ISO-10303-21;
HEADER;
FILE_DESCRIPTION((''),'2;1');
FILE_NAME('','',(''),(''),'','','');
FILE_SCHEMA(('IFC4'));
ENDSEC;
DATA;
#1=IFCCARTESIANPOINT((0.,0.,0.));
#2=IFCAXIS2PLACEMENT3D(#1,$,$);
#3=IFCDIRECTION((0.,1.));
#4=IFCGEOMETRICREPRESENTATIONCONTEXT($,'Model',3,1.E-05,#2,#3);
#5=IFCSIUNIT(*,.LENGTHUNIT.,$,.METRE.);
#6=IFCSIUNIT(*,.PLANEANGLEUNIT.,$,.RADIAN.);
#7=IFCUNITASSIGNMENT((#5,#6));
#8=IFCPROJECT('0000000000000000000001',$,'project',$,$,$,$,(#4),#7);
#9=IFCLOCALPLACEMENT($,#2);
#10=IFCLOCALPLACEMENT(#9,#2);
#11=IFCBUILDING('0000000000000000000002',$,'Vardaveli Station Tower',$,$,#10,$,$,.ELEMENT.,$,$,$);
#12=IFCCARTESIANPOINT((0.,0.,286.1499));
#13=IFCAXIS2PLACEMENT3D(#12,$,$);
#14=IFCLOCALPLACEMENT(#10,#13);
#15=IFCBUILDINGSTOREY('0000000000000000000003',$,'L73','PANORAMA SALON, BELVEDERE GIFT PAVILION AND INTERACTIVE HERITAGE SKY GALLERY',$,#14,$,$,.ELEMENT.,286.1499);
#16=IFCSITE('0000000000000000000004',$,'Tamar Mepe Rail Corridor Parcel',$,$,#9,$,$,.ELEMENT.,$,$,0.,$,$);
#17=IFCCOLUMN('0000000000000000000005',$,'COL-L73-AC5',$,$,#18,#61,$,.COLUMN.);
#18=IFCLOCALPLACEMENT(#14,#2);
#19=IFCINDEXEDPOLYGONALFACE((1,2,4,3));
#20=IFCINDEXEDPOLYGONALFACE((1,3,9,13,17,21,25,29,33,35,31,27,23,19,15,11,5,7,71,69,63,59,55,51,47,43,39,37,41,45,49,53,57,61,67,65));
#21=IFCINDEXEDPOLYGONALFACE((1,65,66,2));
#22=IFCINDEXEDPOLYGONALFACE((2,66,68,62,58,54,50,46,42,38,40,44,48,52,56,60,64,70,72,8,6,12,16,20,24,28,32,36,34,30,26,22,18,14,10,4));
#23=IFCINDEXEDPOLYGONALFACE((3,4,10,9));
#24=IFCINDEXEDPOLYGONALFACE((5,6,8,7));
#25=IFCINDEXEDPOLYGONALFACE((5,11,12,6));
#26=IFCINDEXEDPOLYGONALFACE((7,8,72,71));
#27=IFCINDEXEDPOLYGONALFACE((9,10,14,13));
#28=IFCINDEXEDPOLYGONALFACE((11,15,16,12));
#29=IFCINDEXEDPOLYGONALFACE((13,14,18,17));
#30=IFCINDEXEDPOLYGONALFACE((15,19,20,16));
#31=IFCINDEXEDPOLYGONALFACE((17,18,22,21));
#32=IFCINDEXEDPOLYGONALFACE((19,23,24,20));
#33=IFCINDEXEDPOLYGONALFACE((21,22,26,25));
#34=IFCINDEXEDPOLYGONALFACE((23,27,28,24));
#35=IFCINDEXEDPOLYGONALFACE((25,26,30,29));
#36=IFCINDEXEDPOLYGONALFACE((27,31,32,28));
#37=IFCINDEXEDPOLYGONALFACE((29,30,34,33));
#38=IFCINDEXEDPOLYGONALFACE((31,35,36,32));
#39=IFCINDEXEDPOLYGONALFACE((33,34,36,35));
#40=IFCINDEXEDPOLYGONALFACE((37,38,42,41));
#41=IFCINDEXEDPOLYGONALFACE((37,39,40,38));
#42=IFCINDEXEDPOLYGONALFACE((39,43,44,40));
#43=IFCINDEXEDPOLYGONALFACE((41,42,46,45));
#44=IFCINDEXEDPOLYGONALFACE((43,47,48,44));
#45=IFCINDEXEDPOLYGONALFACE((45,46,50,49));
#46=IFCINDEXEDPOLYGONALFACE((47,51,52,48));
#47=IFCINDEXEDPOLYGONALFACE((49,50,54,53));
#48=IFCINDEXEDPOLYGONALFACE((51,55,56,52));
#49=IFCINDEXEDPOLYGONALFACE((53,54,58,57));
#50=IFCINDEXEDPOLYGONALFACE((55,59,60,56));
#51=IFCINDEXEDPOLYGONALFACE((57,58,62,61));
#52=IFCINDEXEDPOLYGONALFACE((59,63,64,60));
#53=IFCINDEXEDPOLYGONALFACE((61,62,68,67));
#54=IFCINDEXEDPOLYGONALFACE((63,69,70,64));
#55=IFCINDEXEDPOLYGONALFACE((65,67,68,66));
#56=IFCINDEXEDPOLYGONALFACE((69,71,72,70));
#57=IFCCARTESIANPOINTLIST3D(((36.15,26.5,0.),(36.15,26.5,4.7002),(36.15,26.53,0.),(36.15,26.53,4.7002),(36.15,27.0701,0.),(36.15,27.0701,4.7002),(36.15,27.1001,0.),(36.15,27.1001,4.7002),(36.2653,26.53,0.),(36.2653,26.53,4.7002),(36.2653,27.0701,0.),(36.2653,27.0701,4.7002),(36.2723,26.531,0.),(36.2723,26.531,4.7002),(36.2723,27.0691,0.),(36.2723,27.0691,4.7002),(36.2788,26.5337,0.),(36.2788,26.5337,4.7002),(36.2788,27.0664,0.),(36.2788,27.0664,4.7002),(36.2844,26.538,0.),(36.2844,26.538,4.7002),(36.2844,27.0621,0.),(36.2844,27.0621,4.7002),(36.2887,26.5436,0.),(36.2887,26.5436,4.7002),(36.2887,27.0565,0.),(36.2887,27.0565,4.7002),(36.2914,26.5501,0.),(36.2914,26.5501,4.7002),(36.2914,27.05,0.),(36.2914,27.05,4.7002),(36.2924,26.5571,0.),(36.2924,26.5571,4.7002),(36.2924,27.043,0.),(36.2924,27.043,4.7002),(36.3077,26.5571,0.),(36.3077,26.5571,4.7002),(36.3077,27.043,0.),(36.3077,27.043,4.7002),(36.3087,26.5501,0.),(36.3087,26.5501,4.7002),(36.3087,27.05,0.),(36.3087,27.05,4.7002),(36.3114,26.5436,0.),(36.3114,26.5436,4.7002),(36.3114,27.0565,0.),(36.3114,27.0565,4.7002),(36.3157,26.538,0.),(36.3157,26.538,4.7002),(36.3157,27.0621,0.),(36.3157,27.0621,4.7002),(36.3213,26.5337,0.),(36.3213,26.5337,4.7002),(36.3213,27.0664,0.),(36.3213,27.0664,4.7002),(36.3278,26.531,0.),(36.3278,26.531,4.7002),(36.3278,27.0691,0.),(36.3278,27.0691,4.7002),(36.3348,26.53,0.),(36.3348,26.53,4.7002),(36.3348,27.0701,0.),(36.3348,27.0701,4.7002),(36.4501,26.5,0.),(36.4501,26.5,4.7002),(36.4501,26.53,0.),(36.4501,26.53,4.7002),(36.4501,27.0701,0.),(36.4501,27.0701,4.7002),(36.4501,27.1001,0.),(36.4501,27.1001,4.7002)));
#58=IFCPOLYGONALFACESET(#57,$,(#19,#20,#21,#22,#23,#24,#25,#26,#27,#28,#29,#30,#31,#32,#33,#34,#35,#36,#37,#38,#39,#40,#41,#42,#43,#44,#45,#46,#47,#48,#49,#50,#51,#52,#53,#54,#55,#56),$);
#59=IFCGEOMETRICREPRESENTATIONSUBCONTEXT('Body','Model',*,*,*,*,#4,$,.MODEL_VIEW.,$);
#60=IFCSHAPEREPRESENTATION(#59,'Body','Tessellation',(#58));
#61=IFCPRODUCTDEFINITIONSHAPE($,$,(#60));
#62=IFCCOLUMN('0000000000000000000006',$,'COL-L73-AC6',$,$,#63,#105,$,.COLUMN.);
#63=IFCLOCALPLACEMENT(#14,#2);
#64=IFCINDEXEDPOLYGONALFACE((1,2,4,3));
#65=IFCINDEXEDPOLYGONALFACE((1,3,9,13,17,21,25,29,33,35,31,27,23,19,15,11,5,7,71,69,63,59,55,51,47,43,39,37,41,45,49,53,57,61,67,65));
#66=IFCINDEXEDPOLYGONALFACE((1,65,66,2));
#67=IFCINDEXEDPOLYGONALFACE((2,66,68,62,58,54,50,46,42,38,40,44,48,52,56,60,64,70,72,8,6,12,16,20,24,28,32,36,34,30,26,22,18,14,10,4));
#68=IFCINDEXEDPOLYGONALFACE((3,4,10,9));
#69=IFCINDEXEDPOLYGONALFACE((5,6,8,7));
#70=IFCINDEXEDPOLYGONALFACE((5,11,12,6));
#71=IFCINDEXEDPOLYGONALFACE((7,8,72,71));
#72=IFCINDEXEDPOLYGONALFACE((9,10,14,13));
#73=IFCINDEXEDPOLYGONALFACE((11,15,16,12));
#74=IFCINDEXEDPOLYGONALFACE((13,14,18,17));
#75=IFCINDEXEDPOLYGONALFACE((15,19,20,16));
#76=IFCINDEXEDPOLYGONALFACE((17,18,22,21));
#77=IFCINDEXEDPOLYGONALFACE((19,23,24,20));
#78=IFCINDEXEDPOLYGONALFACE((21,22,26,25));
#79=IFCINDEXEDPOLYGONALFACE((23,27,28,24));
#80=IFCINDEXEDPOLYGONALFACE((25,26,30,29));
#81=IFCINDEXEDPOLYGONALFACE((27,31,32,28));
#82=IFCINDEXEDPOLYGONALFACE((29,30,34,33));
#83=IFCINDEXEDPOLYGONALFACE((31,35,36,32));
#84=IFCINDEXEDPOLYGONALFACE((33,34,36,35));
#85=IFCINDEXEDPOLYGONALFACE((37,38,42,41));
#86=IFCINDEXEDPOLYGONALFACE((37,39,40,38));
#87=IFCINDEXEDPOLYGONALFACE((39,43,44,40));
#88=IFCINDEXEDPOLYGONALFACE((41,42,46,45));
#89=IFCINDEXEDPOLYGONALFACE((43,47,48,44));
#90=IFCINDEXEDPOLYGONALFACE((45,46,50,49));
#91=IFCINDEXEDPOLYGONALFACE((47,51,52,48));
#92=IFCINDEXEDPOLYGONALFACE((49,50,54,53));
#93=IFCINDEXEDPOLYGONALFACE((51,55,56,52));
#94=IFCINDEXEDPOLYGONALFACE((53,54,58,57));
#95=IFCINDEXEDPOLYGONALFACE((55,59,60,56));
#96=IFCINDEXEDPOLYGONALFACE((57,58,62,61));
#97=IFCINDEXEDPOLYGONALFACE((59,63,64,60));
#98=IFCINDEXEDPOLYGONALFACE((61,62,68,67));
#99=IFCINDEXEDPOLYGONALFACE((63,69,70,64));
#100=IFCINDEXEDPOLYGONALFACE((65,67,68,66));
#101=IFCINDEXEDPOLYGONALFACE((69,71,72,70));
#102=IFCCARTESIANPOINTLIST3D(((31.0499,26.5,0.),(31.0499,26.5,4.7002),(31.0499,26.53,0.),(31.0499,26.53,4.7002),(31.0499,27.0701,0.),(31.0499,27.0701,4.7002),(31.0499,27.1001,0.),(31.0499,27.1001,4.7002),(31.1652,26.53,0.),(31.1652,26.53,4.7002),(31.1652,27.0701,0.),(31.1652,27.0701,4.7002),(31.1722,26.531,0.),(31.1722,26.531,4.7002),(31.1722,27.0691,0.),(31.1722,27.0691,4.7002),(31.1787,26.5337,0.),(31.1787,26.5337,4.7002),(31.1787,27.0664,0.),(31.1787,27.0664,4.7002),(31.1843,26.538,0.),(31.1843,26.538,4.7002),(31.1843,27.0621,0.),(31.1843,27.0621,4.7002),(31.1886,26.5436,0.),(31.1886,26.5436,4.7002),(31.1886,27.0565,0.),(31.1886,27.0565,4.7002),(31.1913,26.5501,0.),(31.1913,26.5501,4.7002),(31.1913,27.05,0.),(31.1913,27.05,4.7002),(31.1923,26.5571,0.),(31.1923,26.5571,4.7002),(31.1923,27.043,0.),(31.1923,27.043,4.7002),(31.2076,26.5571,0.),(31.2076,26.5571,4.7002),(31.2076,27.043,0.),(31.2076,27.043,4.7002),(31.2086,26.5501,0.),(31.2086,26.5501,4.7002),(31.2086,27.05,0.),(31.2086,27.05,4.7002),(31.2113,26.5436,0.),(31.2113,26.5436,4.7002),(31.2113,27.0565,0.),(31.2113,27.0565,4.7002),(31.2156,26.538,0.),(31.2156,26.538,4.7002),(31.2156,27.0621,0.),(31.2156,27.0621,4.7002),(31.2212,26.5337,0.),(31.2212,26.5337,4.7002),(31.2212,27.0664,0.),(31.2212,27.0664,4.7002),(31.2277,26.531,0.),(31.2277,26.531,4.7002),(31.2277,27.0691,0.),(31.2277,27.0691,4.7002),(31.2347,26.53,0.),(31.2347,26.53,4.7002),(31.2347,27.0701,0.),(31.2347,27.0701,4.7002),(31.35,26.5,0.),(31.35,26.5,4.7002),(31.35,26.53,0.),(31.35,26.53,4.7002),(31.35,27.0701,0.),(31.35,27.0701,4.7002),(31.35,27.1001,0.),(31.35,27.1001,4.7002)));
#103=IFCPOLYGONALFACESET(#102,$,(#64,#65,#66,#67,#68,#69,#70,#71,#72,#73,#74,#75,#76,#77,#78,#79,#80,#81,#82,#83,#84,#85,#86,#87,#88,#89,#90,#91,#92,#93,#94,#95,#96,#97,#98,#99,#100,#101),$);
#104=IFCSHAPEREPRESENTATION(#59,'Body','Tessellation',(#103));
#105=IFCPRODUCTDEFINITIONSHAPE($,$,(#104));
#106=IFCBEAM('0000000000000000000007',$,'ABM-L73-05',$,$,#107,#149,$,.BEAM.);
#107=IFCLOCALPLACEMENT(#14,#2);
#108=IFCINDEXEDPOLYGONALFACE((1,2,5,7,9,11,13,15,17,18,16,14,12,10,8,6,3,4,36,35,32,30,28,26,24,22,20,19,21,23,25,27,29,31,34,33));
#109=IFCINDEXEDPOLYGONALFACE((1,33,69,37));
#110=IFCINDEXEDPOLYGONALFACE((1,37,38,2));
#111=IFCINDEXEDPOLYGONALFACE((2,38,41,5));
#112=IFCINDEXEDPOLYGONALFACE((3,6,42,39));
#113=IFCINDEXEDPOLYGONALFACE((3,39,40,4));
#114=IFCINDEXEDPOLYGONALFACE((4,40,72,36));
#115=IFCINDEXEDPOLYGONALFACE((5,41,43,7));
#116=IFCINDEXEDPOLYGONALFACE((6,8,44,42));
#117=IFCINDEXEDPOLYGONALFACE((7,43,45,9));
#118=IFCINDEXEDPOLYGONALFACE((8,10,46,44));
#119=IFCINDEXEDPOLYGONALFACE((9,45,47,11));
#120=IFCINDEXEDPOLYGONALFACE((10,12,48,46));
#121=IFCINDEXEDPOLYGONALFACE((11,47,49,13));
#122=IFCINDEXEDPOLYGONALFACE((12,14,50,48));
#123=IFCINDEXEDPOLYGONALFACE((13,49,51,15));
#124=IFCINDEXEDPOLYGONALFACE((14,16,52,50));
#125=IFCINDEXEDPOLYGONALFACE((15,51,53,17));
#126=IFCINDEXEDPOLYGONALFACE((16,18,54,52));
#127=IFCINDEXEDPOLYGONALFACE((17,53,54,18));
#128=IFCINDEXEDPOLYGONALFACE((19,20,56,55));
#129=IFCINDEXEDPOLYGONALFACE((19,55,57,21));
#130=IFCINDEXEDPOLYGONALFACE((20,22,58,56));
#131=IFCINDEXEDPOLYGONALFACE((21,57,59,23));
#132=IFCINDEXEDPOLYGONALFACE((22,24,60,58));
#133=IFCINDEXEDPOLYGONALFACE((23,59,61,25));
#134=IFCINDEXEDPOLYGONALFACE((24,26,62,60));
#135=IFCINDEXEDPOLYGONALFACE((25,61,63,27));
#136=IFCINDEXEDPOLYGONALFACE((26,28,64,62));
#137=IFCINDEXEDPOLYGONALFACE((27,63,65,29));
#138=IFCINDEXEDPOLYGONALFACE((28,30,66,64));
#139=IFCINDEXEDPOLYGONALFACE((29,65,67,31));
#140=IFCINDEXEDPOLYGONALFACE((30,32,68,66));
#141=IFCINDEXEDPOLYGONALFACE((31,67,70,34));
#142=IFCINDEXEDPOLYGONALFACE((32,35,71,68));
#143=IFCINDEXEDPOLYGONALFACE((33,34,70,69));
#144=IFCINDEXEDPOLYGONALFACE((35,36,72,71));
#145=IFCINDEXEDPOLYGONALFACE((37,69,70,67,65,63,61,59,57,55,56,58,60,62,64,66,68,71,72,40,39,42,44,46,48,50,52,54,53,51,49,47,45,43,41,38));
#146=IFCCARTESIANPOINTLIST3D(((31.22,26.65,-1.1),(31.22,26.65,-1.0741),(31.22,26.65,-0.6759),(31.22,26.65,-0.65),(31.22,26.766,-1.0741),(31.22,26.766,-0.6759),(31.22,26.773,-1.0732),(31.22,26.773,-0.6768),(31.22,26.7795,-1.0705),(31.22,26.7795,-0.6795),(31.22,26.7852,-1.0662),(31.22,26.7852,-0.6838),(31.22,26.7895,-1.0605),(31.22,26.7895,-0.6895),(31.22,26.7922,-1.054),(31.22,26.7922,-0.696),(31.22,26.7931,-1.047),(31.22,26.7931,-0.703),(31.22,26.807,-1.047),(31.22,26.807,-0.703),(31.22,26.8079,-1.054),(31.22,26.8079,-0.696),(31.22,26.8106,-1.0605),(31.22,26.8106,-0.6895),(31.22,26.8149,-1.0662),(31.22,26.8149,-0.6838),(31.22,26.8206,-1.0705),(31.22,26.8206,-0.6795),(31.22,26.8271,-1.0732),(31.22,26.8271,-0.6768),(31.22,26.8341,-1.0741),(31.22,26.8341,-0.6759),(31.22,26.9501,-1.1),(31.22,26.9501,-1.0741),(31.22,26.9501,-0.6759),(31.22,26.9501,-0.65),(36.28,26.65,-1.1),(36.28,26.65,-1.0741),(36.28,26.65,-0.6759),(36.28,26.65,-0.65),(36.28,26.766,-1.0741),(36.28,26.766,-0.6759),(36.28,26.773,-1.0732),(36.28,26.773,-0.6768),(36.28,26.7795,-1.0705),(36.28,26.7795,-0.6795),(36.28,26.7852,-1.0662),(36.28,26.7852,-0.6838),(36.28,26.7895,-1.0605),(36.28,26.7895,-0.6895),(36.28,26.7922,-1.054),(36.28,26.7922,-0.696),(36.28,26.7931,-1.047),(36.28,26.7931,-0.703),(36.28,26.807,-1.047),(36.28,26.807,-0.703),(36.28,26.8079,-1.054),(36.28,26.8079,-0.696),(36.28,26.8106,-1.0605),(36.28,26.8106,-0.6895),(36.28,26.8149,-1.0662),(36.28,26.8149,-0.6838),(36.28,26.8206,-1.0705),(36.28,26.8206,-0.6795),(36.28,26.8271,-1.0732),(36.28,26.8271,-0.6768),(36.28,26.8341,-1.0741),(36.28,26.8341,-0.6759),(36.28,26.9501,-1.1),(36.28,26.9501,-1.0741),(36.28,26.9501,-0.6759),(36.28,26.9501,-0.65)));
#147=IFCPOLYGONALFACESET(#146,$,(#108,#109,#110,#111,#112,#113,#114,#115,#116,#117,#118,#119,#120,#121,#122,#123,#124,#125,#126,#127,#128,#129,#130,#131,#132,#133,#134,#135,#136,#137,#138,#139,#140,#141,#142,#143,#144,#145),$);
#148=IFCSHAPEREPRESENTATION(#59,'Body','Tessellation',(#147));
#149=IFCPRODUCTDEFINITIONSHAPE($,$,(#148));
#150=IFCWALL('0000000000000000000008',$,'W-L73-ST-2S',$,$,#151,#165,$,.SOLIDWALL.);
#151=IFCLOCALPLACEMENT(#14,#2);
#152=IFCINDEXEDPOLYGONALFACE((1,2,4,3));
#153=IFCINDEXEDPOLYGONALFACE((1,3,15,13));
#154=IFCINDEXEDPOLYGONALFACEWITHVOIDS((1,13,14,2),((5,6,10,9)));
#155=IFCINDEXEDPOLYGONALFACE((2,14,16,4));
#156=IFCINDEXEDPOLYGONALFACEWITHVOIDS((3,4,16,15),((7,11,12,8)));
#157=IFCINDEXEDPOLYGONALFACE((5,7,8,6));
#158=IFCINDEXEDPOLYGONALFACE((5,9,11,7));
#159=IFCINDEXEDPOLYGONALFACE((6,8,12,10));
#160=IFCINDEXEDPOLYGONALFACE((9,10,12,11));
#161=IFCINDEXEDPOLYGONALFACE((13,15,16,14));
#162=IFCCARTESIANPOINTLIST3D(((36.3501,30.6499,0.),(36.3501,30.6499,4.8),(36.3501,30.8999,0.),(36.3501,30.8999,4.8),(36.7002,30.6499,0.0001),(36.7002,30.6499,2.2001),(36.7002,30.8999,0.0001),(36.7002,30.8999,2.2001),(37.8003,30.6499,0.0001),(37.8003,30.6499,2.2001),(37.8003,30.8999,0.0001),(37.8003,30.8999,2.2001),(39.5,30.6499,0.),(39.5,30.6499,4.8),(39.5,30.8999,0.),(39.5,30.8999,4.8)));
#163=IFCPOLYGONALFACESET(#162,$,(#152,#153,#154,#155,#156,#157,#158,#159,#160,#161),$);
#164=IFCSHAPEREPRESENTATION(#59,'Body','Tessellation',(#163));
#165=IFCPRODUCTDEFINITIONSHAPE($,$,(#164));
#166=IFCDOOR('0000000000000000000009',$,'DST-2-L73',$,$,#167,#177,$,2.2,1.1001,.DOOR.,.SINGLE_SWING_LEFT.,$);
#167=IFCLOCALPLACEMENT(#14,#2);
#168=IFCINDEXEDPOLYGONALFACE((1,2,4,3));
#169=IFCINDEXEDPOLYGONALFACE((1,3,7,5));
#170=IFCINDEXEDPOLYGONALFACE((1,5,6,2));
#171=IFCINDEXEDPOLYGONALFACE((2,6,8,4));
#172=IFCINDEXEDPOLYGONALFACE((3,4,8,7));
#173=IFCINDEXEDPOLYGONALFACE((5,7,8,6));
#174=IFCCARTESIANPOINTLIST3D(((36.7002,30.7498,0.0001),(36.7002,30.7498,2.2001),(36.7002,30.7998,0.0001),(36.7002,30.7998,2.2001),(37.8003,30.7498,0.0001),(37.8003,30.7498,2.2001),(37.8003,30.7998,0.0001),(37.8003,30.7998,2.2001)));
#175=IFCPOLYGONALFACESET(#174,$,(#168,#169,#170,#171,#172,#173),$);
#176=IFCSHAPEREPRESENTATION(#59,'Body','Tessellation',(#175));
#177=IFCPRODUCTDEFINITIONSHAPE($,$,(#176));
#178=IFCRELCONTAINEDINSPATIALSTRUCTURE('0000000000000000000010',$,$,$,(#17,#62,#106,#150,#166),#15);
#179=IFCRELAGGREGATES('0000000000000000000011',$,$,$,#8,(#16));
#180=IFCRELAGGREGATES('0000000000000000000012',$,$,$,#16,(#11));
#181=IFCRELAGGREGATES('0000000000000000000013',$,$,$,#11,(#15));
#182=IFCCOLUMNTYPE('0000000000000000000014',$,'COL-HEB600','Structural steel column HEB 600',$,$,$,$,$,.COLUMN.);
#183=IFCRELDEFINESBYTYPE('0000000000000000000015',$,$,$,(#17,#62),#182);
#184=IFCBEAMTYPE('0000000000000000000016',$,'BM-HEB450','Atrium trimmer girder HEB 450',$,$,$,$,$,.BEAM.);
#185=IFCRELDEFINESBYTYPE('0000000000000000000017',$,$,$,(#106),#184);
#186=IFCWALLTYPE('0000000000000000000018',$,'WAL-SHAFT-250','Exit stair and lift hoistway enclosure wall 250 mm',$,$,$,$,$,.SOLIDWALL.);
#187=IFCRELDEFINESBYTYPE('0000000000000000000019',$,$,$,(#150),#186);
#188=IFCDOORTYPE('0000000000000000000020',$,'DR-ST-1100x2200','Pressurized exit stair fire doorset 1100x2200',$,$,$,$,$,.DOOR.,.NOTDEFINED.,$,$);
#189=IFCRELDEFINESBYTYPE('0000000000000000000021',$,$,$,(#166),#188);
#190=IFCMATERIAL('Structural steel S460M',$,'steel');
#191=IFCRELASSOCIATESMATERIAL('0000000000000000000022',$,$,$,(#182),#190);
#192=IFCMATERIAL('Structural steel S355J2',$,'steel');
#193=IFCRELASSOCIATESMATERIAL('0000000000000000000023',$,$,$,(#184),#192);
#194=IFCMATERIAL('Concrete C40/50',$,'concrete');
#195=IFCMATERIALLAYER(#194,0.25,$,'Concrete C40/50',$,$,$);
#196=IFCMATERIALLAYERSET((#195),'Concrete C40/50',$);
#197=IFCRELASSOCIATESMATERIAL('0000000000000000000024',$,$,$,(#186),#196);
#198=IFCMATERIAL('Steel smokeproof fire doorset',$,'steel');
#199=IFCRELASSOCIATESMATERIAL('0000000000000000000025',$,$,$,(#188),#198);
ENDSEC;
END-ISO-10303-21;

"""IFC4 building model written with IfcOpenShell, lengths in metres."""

from ifc_helpers import new_model, si_unit, direction, frame, frame_2d, origin, origin_2d, place, context, subcontext, project, spatial, rectangle, i_section, extrude, source, transform, mapped, material, layer, layer_set, material_profile, profile_set, type_object, element, fill, save


model = new_model("IFC4")

# Units and contexts
model_context = context("Model", 3, precision=1e-05, world=origin(), true_north=direction((0.0, 1.0)))
body_context = subcontext(model_context, "Body", "Model", "MODEL_VIEW")
ifc_project = project(units=[si_unit("LENGTHUNIT", "METRE"), si_unit("PLANEANGLEUNIT", "RADIAN")], contexts=[model_context])

# Site, building, storey
site_placement = place(None, origin())
site = spatial("IfcSite", under=ifc_project, at=site_placement, Name="Tamar Mepe Rail Corridor Parcel", CompositionType="ELEMENT", RefElevation=0.0)
building_placement = place(site_placement, origin())
building = spatial("IfcBuilding", under=site, at=building_placement, Name="Vardaveli Station Tower", CompositionType="ELEMENT")
storey_placement = place(building_placement, frame((0.0, 0.0, 286.1499)))
storey = spatial("IfcBuildingStorey", under=building, at=storey_placement, Name="L73", Description="PANORAMA SALON, BELVEDERE GIFT PAVILION AND INTERACTIVE HERITAGE SKY GALLERY", CompositionType="ELEMENT", Elevation=286.1499)

# Columns
ifc_material_1 = material(Name="Structural steel S460M", Category="steel")
ifc_material_profile_1 = material_profile(ifc_material_1, i_section(OverallWidth=0.3, OverallDepth=0.6001, WebThickness=0.0154, FlangeThickness=0.03, FilletRadius=0.0271, at=origin_2d()), Name="HEB 600")
ifc_profile_set_1 = profile_set([ifc_material_profile_1], Name="Structural steel S460M")
column_type = type_object("IfcColumnType", Name="COL-HEB600", Description="Structural steel column HEB 600", PredefinedType="COLUMN", material=ifc_profile_set_1)
shared_shape_1 = source(origin(), body_context, "Body", "SweptSolid", [
    extrude(i_section(OverallWidth=0.3, OverallDepth=0.6001, WebThickness=0.0154, FlangeThickness=0.03, FilletRadius=0.0271, at=origin_2d()), origin(), (0.0, 0.0, 1.0), 4.7002),
])
for number, where, z_axis, x_axis, name in (
    (1, (36.3, 26.8, 0.0), (0.0, 0.0, 1.0), (1.0, 0.0, 0.0), "COL-L73-AC5"),
    (2, (31.2, 26.8, 0.0), (0.0, 0.0, 1.0), (1.0, 0.0, 0.0), "COL-L73-AC6"),
):
    element("IfcColumn", number, at=place(storey_placement, frame(where, z_axis=z_axis, x_axis=x_axis)), inside=storey, type_object=column_type, Name=name, PredefinedType="COLUMN", context=body_context, shape_type="MappedRepresentation", body=[
        mapped(shared_shape_1, transform((0.0, 0.0, 0.0), scale=1.0)),
    ])

# Beam
ifc_material_2 = material(Name="Structural steel S355J2", Category="steel")
ifc_material_profile_2 = material_profile(ifc_material_2, i_section(OverallWidth=0.3, OverallDepth=0.45, WebThickness=0.0139, FlangeThickness=0.0259, FilletRadius=0.0271, at=origin_2d()), Name="HEB 450")
ifc_profile_set_2 = profile_set([ifc_material_profile_2], Name="Structural steel S355J2")
beam_type = type_object("IfcBeamType", Name="BM-HEB450", Description="Atrium trimmer girder HEB 450", PredefinedType="BEAM", material=ifc_profile_set_2)
shared_shape_2 = source(origin(), body_context, "Body", "SweptSolid", [
    extrude(i_section(OverallWidth=0.3, OverallDepth=0.45, WebThickness=0.0139, FlangeThickness=0.0259, FilletRadius=0.0271, at=origin_2d()), origin(), (0.0, 0.0, 1.0), 5.0601),
])
beam_placement = place(storey_placement, frame((36.28, 26.8, -0.875), z_axis=(-1.0, 0.0, 0.0), x_axis=(0.0, -1.0, 0.0)))
element("IfcBeam", 3, at=beam_placement, inside=storey, type_object=beam_type, Name="ABM-L73-05", PredefinedType="BEAM", context=body_context, shape_type="MappedRepresentation", body=[
    mapped(shared_shape_2, transform((0.0, 0.0, 0.0), scale=1.0)),
])

# Wall, opening, door
ifc_material_3 = material(Name="Concrete C40/50", Category="concrete")
ifc_layer_1 = layer(ifc_material_3, 0.25, Name="Concrete C40/50")
ifc_layer_set_1 = layer_set([ifc_layer_1], Name="Concrete C40/50")
wall_type_1 = type_object("IfcWallType", Name="WAL-SHAFT-250", Description="Exit stair and lift hoistway enclosure wall 250 mm", PredefinedType="SOLIDWALL", material=ifc_layer_set_1)
shared_shape_3 = source(origin(), body_context, "Body", "SweptSolid", [
    extrude(rectangle(XDim=3.1499, YDim=0.25, at=frame_2d((1.575, 0.0))), origin(), (0.0, 0.0, 1.0), 4.8),
])
wall_1_placement = place(storey_placement, frame((36.3501, 30.7749, 0.0), z_axis=(0.0, 0.0, 1.0), x_axis=(1.0, 0.0, 0.0)))
wall_1 = element("IfcWall", 4, at=wall_1_placement, inside=storey, type_object=wall_type_1, Name="W-L73-ST-2S", PredefinedType="SOLIDWALL", context=body_context, shape_type="MappedRepresentation", body=[
    mapped(shared_shape_3, transform((0.0, 0.0, 0.0), scale=1.0)),
])
shared_shape_4 = source(origin(), body_context, "Body", "SweptSolid", [
    extrude(rectangle(XDim=1.1001, YDim=2.2, at=frame_2d((0.55, 1.1001))), frame((0.0, 0.135, 0.0), z_axis=(0.0, -1.0, 0.0), x_axis=(1.0, 0.0, 0.0)), (0.0, 0.0, 1.0), 0.27),
])
opening_1_placement = place(wall_1_placement, frame((0.3501, 0.0, 0.0)))
opening_1 = element("IfcOpeningElement", 5, at=opening_1_placement, cuts=wall_1, PredefinedType="OPENING", context=body_context, shape_type="MappedRepresentation", body=[
    mapped(shared_shape_4, transform((0.0, 0.0, 0.0), scale=1.0)),
])
ifc_material_4 = material(Name="Steel smokeproof fire doorset", Category="steel")
door_type_1 = type_object("IfcDoorType", Name="DR-ST-1100x2200", Description="Pressurized exit stair fire doorset 1100x2200", OperationType="NOTDEFINED", PredefinedType="DOOR", material=ifc_material_4)
shared_shape_5 = source(origin(), body_context, "Body", "SweptSolid", [
    extrude(rectangle(XDim=1.1001, YDim=2.2, at=frame_2d((0.55, 1.1001))), frame((0.0, 0.0249, 0.0), z_axis=(0.0, -1.0, 0.0), x_axis=(1.0, 0.0, 0.0)), (0.0, 0.0, 1.0), 0.05),
])
door_1_placement = place(opening_1_placement, origin())
door_1 = element("IfcDoor", 6, at=door_1_placement, inside=storey, type_object=door_type_1, Name="DST-2-L73", OperationType="SINGLE_SWING_LEFT", OverallHeight=2.2, OverallWidth=1.1001, PredefinedType="DOOR", context=body_context, shape_type="MappedRepresentation", body=[
    mapped(shared_shape_5, transform((0.0, 0.0, 0.0), scale=1.0)),
])
fill(opening_1, door_1)

save(model, "model.ifc")
